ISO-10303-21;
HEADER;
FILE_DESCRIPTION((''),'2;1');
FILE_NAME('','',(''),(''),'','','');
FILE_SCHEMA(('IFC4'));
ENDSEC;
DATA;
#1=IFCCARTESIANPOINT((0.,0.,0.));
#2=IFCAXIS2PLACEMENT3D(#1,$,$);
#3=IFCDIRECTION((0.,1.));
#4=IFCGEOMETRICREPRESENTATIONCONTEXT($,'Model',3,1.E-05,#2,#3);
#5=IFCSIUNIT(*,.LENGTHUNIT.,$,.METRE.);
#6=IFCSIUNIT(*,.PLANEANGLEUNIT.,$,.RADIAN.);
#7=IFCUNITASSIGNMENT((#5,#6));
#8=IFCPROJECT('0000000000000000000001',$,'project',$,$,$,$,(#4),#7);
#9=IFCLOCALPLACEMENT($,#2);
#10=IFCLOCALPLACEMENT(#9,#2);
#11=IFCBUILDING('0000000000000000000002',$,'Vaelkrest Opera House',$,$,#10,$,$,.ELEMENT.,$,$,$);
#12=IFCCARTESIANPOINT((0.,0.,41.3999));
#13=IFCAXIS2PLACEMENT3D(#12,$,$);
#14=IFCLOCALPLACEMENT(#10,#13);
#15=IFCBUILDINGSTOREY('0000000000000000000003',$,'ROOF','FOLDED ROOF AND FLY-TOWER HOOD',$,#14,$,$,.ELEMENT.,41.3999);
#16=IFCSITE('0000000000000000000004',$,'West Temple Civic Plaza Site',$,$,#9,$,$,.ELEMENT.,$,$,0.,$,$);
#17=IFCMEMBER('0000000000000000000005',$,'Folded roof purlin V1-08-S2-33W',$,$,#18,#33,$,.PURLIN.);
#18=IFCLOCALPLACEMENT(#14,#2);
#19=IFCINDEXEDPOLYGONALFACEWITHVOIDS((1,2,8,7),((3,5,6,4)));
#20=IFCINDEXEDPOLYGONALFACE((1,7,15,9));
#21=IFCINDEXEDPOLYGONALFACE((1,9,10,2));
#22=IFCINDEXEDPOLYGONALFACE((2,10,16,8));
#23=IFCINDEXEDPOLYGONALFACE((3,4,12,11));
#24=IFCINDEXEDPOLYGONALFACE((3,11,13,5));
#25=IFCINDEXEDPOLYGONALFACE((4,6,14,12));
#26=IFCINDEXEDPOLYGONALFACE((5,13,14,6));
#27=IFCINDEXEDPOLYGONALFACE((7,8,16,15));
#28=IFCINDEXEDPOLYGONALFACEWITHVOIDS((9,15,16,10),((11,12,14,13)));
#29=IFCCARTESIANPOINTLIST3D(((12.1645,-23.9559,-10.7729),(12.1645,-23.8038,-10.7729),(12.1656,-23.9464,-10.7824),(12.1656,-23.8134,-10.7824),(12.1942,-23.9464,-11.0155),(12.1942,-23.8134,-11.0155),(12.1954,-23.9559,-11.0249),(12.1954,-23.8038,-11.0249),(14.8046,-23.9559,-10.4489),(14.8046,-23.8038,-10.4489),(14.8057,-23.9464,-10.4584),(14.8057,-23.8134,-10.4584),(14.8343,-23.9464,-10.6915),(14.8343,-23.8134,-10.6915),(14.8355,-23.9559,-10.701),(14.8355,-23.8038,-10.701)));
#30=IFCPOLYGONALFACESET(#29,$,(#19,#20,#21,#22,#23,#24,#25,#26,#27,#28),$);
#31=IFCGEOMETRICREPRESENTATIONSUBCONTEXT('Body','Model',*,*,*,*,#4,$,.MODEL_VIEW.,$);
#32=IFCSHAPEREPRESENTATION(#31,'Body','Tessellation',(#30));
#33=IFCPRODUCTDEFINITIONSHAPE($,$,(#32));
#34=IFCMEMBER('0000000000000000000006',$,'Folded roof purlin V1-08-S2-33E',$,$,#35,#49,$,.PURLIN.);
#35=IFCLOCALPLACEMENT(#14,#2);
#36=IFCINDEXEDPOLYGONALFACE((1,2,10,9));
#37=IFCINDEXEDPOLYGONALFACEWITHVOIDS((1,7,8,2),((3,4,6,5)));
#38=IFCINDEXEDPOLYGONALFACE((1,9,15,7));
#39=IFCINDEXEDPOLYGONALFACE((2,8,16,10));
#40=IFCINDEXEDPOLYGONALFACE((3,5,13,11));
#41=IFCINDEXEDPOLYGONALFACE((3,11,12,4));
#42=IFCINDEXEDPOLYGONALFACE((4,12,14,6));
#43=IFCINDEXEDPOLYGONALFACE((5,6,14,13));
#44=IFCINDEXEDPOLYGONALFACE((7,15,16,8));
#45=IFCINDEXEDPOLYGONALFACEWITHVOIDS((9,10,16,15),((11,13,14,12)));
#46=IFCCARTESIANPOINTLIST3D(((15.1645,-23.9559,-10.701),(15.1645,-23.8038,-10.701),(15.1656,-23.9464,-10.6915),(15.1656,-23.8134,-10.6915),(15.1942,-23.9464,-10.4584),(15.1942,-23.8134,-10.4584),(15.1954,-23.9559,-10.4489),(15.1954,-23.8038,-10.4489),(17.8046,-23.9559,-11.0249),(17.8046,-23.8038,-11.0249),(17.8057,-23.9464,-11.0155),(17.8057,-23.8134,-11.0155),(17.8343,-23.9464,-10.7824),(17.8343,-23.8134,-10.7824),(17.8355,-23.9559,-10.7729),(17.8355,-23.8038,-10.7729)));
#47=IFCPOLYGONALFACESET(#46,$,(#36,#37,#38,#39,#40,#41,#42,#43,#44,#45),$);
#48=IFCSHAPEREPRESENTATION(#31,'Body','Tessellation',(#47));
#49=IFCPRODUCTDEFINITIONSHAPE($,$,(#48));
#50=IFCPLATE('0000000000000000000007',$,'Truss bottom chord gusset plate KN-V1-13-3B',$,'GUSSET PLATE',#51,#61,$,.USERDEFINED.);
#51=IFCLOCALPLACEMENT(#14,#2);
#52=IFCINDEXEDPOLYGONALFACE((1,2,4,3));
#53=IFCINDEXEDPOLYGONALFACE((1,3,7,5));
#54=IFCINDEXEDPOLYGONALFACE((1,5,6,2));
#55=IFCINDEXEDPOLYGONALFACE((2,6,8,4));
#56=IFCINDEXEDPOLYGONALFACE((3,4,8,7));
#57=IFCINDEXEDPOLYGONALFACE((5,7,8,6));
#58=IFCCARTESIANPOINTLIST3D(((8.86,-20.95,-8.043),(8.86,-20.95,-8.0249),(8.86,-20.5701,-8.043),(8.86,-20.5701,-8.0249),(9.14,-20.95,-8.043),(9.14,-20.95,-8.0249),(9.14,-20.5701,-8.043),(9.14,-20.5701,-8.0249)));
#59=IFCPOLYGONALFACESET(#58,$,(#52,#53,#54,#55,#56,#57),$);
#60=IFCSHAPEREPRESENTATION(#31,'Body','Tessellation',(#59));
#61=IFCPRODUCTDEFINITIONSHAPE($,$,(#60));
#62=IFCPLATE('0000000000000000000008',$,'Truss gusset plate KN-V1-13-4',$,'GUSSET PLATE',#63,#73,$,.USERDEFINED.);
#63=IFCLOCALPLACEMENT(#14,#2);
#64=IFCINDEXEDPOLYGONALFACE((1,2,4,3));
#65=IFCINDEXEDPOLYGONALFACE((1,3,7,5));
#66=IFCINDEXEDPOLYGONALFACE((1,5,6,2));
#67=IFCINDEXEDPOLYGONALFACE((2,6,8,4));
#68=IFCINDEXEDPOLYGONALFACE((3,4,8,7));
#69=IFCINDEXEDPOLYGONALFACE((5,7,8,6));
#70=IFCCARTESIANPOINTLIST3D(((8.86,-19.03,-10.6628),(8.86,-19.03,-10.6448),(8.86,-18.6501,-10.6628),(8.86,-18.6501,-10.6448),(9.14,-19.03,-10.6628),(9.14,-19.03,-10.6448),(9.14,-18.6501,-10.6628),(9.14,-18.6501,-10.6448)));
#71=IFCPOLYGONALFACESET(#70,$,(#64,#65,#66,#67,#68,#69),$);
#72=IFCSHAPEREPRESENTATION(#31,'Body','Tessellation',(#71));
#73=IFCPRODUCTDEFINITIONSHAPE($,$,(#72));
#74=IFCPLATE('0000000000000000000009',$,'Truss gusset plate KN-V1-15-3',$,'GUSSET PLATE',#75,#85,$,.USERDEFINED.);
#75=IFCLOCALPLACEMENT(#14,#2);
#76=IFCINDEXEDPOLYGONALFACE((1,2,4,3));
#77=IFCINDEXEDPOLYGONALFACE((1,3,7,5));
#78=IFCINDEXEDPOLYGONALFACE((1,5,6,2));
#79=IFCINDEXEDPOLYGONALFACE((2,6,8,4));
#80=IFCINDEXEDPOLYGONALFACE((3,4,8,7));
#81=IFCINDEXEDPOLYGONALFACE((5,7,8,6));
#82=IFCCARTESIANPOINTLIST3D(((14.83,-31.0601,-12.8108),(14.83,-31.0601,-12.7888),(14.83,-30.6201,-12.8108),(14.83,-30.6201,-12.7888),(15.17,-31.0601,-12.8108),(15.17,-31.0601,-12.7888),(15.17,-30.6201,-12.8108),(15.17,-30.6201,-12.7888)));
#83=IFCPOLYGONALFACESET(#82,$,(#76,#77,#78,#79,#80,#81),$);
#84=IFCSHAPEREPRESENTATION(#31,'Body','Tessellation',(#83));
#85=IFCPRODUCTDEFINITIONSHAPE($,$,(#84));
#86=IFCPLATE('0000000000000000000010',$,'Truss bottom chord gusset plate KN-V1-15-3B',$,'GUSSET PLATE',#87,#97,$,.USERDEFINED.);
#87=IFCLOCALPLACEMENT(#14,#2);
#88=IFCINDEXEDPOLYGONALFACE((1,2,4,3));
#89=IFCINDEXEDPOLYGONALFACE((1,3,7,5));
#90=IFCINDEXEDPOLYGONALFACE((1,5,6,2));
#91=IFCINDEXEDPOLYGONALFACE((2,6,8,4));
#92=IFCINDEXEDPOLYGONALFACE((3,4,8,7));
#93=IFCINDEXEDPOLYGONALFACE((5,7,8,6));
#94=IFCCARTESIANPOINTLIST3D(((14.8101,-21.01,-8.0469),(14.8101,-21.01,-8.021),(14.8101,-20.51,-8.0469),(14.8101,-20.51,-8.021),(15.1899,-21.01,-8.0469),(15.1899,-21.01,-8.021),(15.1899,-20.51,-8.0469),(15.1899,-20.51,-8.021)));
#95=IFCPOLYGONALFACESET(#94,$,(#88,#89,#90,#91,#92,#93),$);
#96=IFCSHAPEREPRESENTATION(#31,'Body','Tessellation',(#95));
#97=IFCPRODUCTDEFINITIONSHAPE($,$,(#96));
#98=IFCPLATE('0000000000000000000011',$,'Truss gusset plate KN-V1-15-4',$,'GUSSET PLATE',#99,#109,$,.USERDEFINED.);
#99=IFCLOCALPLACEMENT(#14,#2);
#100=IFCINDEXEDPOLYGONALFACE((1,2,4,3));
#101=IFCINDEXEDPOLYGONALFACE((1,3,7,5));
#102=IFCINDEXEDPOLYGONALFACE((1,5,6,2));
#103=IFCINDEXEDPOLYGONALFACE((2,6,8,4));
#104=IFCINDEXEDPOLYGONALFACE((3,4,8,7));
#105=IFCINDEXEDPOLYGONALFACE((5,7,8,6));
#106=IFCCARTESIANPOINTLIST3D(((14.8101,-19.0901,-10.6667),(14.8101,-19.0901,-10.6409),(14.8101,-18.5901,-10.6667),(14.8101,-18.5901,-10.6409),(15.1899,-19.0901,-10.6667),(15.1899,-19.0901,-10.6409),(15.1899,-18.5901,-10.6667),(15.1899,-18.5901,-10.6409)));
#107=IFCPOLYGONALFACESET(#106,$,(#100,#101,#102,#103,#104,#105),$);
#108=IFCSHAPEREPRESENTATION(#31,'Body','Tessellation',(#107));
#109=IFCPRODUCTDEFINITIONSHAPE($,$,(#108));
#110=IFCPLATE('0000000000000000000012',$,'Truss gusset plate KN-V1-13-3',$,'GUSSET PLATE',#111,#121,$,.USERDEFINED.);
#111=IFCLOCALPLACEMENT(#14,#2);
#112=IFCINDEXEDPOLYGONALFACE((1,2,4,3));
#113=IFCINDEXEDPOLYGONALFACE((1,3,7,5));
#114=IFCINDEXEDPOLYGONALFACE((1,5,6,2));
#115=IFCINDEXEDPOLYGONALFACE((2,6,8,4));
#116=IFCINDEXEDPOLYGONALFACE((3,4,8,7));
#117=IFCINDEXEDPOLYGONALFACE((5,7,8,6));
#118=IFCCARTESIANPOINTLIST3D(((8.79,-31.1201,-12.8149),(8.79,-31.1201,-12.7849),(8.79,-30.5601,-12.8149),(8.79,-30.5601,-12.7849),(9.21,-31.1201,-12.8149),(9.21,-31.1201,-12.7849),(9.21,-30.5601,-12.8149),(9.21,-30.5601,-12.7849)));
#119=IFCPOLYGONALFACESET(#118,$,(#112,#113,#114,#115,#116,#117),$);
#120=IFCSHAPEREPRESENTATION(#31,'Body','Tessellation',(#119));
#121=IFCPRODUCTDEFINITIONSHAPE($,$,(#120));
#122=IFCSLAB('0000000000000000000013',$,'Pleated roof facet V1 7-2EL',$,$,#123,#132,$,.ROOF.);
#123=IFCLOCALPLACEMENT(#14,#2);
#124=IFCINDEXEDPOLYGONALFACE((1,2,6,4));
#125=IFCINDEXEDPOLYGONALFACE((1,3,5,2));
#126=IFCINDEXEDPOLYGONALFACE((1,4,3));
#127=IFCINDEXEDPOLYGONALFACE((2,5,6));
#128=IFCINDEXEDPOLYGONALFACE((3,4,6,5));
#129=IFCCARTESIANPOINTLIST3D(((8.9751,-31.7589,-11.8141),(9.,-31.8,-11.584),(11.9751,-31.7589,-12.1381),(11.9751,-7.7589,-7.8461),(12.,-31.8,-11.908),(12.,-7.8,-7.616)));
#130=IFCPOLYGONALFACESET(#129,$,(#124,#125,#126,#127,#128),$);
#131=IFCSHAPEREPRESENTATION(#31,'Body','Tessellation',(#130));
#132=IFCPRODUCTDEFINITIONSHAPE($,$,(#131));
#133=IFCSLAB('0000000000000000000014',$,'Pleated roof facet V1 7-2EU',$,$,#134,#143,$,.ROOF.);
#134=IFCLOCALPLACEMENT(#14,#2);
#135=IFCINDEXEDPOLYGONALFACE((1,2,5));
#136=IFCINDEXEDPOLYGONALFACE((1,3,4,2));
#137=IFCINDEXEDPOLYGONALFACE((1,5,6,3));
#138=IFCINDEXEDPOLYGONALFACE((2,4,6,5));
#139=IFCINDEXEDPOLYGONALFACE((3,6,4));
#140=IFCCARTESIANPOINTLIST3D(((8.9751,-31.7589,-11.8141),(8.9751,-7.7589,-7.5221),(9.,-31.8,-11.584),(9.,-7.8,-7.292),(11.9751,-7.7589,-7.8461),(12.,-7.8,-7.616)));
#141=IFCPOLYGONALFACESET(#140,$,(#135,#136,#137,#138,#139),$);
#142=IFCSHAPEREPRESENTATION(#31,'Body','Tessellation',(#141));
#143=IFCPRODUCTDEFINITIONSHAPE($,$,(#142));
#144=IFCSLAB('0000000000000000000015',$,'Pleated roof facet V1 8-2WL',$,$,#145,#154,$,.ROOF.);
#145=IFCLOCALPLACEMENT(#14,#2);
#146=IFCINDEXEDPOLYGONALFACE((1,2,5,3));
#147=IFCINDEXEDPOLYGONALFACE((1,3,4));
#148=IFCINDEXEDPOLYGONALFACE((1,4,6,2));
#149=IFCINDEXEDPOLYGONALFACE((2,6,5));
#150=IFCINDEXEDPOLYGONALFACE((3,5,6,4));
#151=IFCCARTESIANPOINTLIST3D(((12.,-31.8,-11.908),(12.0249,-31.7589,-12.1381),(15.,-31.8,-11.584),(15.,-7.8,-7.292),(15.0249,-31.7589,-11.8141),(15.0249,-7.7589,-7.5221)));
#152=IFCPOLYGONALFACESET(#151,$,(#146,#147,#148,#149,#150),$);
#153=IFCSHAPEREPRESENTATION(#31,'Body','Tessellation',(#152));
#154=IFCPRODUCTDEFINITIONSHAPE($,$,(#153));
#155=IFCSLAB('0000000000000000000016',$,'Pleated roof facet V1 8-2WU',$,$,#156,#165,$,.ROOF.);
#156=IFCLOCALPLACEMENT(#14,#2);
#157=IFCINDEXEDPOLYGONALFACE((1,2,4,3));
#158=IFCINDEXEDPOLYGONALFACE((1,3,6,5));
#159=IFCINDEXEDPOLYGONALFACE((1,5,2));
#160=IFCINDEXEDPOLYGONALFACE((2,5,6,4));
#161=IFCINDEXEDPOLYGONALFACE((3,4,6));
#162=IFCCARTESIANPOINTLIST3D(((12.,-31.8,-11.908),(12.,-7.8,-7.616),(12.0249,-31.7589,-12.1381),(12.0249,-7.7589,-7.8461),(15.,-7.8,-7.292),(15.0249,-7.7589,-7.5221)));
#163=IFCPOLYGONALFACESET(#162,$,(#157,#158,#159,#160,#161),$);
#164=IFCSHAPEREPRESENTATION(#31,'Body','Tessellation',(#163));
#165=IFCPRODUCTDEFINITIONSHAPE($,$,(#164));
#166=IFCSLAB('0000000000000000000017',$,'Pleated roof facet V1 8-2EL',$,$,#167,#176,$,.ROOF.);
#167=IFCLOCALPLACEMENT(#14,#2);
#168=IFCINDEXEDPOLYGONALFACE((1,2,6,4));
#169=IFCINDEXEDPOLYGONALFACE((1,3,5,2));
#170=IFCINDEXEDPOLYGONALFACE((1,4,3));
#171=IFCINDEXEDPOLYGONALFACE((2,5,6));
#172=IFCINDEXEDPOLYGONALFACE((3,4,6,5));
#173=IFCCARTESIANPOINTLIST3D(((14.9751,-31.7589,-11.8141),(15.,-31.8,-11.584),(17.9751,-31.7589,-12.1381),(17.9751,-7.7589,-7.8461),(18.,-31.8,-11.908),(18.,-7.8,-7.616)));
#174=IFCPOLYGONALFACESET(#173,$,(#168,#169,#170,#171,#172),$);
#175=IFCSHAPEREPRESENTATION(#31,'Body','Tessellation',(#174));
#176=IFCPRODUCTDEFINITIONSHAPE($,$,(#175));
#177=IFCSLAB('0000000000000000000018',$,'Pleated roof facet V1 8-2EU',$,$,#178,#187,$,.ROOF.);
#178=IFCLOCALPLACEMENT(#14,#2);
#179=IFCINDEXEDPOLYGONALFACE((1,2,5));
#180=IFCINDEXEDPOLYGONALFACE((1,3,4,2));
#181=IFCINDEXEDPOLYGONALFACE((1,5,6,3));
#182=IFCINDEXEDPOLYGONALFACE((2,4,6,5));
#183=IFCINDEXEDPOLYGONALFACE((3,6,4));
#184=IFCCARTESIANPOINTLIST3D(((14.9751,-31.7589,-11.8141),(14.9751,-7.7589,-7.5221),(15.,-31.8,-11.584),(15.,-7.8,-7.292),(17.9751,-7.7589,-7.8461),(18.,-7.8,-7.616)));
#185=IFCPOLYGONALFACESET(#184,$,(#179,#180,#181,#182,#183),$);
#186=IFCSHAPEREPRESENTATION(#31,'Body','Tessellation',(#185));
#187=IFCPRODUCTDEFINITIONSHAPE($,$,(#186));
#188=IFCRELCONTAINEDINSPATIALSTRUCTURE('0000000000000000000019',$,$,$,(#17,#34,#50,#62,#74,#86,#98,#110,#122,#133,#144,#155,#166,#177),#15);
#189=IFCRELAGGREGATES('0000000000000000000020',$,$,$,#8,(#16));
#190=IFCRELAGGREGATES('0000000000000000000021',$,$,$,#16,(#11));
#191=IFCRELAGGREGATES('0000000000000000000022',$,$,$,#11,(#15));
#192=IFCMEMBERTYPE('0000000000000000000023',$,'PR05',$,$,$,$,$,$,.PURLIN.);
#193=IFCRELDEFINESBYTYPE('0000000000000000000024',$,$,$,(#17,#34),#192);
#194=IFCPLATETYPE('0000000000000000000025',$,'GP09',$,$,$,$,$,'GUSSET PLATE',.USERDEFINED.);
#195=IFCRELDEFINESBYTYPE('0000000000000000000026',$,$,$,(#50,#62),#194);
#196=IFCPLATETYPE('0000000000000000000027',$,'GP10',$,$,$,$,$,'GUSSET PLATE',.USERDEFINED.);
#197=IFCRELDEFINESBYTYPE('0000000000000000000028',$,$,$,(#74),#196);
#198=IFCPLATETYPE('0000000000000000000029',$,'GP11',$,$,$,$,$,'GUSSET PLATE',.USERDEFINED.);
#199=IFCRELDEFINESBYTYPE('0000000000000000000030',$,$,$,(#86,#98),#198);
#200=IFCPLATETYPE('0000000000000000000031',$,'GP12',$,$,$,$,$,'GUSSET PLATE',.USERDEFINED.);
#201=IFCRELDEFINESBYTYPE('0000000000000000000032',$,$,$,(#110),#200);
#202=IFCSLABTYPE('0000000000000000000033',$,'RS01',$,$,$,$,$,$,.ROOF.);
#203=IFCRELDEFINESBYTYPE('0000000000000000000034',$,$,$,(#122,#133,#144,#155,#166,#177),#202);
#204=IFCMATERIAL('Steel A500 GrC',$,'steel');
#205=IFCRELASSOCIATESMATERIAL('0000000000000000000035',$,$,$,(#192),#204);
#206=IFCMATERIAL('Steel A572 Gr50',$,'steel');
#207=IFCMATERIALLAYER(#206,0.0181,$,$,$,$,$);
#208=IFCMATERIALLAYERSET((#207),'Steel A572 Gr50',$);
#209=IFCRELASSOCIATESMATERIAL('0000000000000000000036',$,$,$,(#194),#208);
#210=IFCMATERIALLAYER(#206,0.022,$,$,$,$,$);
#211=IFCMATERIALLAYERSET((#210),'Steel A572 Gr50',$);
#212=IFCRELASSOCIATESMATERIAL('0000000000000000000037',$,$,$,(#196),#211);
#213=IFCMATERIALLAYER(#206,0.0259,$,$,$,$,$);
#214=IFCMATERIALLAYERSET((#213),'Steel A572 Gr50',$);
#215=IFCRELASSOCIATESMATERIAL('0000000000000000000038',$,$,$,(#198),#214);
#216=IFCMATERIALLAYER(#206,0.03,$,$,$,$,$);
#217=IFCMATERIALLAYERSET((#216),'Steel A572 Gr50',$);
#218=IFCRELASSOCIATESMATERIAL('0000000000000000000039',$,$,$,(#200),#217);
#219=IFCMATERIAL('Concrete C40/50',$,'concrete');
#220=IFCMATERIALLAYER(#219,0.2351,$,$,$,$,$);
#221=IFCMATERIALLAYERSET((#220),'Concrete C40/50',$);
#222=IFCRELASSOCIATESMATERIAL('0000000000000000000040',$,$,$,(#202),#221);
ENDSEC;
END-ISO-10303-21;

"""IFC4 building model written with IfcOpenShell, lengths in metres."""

from ifc_helpers import new_model, si_unit, direction, frame, origin, origin_2d, place, context, subcontext, project, spatial, polyline, rectangle, hollow_rectangle, outline, extrude, material, layer, layer_set, material_profile, profile_set, type_object, element, save


model = new_model("IFC4")

# Units and contexts
model_context = context("Model", 3, precision=1e-05, world=origin(), true_north=direction((0.0, 1.0)))
body_context = subcontext(model_context, "Body", "Model", "MODEL_VIEW")
ifc_project = project(units=[si_unit("LENGTHUNIT", "METRE"), si_unit("PLANEANGLEUNIT", "RADIAN")], contexts=[model_context])

# Site, building, storey
site_placement = place(None, origin())
site = spatial("IfcSite", under=ifc_project, at=site_placement, Name="West Temple Civic Plaza Site", CompositionType="ELEMENT", RefElevation=0.0)
building_placement = place(site_placement, origin())
building = spatial("IfcBuilding", under=site, at=building_placement, Name="Vaelkrest Opera House", CompositionType="ELEMENT")
storey_placement = place(building_placement, frame((0.0, 0.0, 41.3999)))
storey = spatial("IfcBuildingStorey", under=building, at=storey_placement, Name="ROOF", Description="FOLDED ROOF AND FLY-TOWER HOOD", CompositionType="ELEMENT", Elevation=41.3999)

# Members
ifc_material_1 = material(Name="Steel A500 GrC", Category="steel")
ifc_material_profile_1 = material_profile(ifc_material_1, hollow_rectangle(XDim=0.1521, YDim=0.2539, WallThickness=0.0095, at=origin_2d()), Name="HSS254X152X9.5")
ifc_profile_set_1 = profile_set([ifc_material_profile_1], Name="Steel A500 GrC")
member_type_1 = type_object("IfcMemberType", Name="PR05", PredefinedType="PURLIN", material=ifc_profile_set_1)
for number, where, z_axis, x_axis, name in (
    (1, (12.1799, -23.8799, -10.8989), (0.992555, 0.0, 0.121798), (0.0, 1.0, 0.0), "Folded roof purlin V1-08-S2-33W"),
    (2, (15.1799, -23.8799, -10.575), (0.992555, 0.0, -0.121798), (0.0, 1.0, 0.0), "Folded roof purlin V1-08-S2-33E"),
):
    element("IfcMember", number, at=place(storey_placement, frame(where, z_axis=z_axis, x_axis=x_axis)), inside=storey, type_object=member_type_1, Name=name, PredefinedType="PURLIN", context=body_context, shape_type="SweptSolid", body=[
        extrude(hollow_rectangle(XDim=0.1521, YDim=0.2539, WallThickness=0.0095, at=origin_2d()), origin(), (0.0, 0.0, 1.0), 2.6599),
    ])

# Plates
ifc_material_2 = material(Name="Steel A572 Gr50", Category="steel")
ifc_layer_1 = layer(ifc_material_2, 0.0181)
ifc_layer_set_1 = layer_set([ifc_layer_1], Name="Steel A572 Gr50")
plate_type_1 = type_object("IfcPlateType", Name="GP09", ElementType="GUSSET PLATE", PredefinedType="USERDEFINED", material=ifc_layer_set_1)
for number, where, z_axis, x_axis, name in (
    (3, (9.0, -20.76, -8.043), (0.0, 0.0, 1.0), (0.0, 1.0, 0.0), "Truss bottom chord gusset plate KN-V1-13-3B"),
    (4, (9.0, -18.8401, -10.6628), (0.0, 0.0, 1.0), (0.0, 1.0, 0.0), "Truss gusset plate KN-V1-13-4"),
):
    element("IfcPlate", number, at=place(storey_placement, frame(where, z_axis=z_axis, x_axis=x_axis)), inside=storey, type_object=plate_type_1, Name=name, ObjectType="GUSSET PLATE", PredefinedType="USERDEFINED", context=body_context, shape_type="SweptSolid", body=[
        extrude(rectangle(XDim=0.3799, YDim=0.28, at=origin_2d()), origin(), (0.0, 0.0, 1.0), 0.0181),
    ])
ifc_layer_2 = layer(ifc_material_2, 0.022)
ifc_layer_set_2 = layer_set([ifc_layer_2], Name="Steel A572 Gr50")
plate_type_2 = type_object("IfcPlateType", Name="GP10", ElementType="GUSSET PLATE", PredefinedType="USERDEFINED", material=ifc_layer_set_2)
plate_1_placement = place(storey_placement, frame((15.0, -30.8401, -12.8108), z_axis=(0.0, 0.0, 1.0), x_axis=(0.0, 1.0, 0.0)))
element("IfcPlate", 5, at=plate_1_placement, inside=storey, type_object=plate_type_2, Name="Truss gusset plate KN-V1-15-3", ObjectType="GUSSET PLATE", PredefinedType="USERDEFINED", context=body_context, shape_type="SweptSolid", body=[
    extrude(rectangle(XDim=0.4399, YDim=0.3401, at=origin_2d()), origin(), (0.0, 0.0, 1.0), 0.022),
])
ifc_layer_3 = layer(ifc_material_2, 0.0259)
ifc_layer_set_3 = layer_set([ifc_layer_3], Name="Steel A572 Gr50")
plate_type_3 = type_object("IfcPlateType", Name="GP11", ElementType="GUSSET PLATE", PredefinedType="USERDEFINED", material=ifc_layer_set_3)
for number, where, z_axis, x_axis, name in (
    (6, (15.0, -20.76, -8.0469), (0.0, 0.0, 1.0), (0.0, 1.0, 0.0), "Truss bottom chord gusset plate KN-V1-15-3B"),
    (7, (15.0, -18.8401, -10.6667), (0.0, 0.0, 1.0), (0.0, 1.0, 0.0), "Truss gusset plate KN-V1-15-4"),
):
    element("IfcPlate", number, at=place(storey_placement, frame(where, z_axis=z_axis, x_axis=x_axis)), inside=storey, type_object=plate_type_3, Name=name, ObjectType="GUSSET PLATE", PredefinedType="USERDEFINED", context=body_context, shape_type="SweptSolid", body=[
        extrude(rectangle(XDim=0.5, YDim=0.3799, at=origin_2d()), origin(), (0.0, 0.0, 1.0), 0.0259),
    ])
ifc_layer_4 = layer(ifc_material_2, 0.03)
ifc_layer_set_4 = layer_set([ifc_layer_4], Name="Steel A572 Gr50")
plate_type_4 = type_object("IfcPlateType", Name="GP12", ElementType="GUSSET PLATE", PredefinedType="USERDEFINED", material=ifc_layer_set_4)
plate_2_placement = place(storey_placement, frame((9.0, -30.8401, -12.8149), z_axis=(0.0, 0.0, 1.0), x_axis=(0.0, 1.0, 0.0)))
element("IfcPlate", 8, at=plate_2_placement, inside=storey, type_object=plate_type_4, Name="Truss gusset plate KN-V1-13-3", ObjectType="GUSSET PLATE", PredefinedType="USERDEFINED", context=body_context, shape_type="SweptSolid", body=[
    extrude(rectangle(XDim=0.5601, YDim=0.4199, at=origin_2d()), origin(), (0.0, 0.0, 1.0), 0.03),
])

# Slabs
ifc_material_3 = material(Name="Concrete C40/50", Category="concrete")
ifc_layer_5 = layer(ifc_material_3, 0.2351)
ifc_layer_set_5 = layer_set([ifc_layer_5], Name="Concrete C40/50")
slab_type = type_object("IfcSlabType", Name="RS01", PredefinedType="ROOF", material=ifc_layer_set_5)
slab_1_placement = place(storey_placement, frame((9.0, -31.8, -11.584), z_axis=(0.105709, -0.175054, 0.978868), x_axis=(0.994219, 0.0, -0.107367)))
element("IfcSlab", 9, at=slab_1_placement, inside=storey, type_object=slab_type, Name="Pleated roof facet V1 7-2EL", PredefinedType="ROOF", context=body_context, shape_type="SweptSolid", body=[
    extrude(outline(polyline([(0.0, 0.0), (3.0174, 0.0), (2.5566, 24.3764), (0.0, 0.0)])), origin(), (0.0, 0.0, -1.0), 0.2351),
])
slab_2_placement = place(storey_placement, frame((9.0, -31.8, -11.584), z_axis=(0.105709, -0.175054, 0.978868), x_axis=(0.122399, 0.979188, 0.161893)))
element("IfcSlab", 10, at=slab_2_placement, inside=storey, type_object=slab_type, Name="Pleated roof facet V1 7-2EU", PredefinedType="ROOF", context=body_context, shape_type="SweptSolid", body=[
    extrude(outline(polyline([(0.0, 0.0), (24.5101, 0.0), (24.1954, 3.001), (0.0, 0.0)])), origin(), (0.0, 0.0, -1.0), 0.2351),
])
slab_3_placement = place(storey_placement, frame((12.0, -31.8, -11.908), z_axis=(-0.105709, -0.175054, 0.978868), x_axis=(0.994219, 0.0, 0.107367)))
element("IfcSlab", 11, at=slab_3_placement, inside=storey, type_object=slab_type, Name="Pleated roof facet V1 8-2WL", PredefinedType="ROOF", context=body_context, shape_type="SweptSolid", body=[
    extrude(outline(polyline([(0.0, 0.0), (3.0174, 0.0), (3.4783, 24.3764), (0.0, 0.0)])), origin(), (0.0, 0.0, -1.0), 0.2351),
])
slab_4_placement = place(storey_placement, frame((12.0, -31.8, -11.908), z_axis=(-0.105709, -0.175054, 0.978868), x_axis=(0.121836, 0.974686, 0.187463)))
element("IfcSlab", 12, at=slab_4_placement, inside=storey, type_object=slab_type, Name="Pleated roof facet V1 8-2WU", PredefinedType="ROOF", context=body_context, shape_type="SweptSolid", body=[
    extrude(outline(polyline([(0.0, 0.0), (24.6233, 0.0), (24.1971, 2.9872), (0.0, 0.0)])), origin(), (0.0, 0.0, -1.0), 0.2351),
])
slab_5_placement = place(storey_placement, frame((15.0, -31.8, -11.584), z_axis=(0.105709, -0.175054, 0.978868), x_axis=(0.994219, 0.0, -0.107367)))
element("IfcSlab", 13, at=slab_5_placement, inside=storey, type_object=slab_type, Name="Pleated roof facet V1 8-2EL", PredefinedType="ROOF", context=body_context, shape_type="SweptSolid", body=[
    extrude(outline(polyline([(0.0, 0.0), (3.0174, 0.0), (2.5566, 24.3764), (0.0, 0.0)])), origin(), (0.0, 0.0, -1.0), 0.2351),
])
slab_6_placement = place(storey_placement, frame((15.0, -31.8, -11.584), z_axis=(0.105709, -0.175054, 0.978868), x_axis=(0.122399, 0.979188, 0.161893)))
element("IfcSlab", 14, at=slab_6_placement, inside=storey, type_object=slab_type, Name="Pleated roof facet V1 8-2EU", PredefinedType="ROOF", context=body_context, shape_type="SweptSolid", body=[
    extrude(outline(polyline([(0.0, 0.0), (24.5101, 0.0), (24.1954, 3.001), (0.0, 0.0)])), origin(), (0.0, 0.0, -1.0), 0.2351),
])

save(model, "model.ifc")
